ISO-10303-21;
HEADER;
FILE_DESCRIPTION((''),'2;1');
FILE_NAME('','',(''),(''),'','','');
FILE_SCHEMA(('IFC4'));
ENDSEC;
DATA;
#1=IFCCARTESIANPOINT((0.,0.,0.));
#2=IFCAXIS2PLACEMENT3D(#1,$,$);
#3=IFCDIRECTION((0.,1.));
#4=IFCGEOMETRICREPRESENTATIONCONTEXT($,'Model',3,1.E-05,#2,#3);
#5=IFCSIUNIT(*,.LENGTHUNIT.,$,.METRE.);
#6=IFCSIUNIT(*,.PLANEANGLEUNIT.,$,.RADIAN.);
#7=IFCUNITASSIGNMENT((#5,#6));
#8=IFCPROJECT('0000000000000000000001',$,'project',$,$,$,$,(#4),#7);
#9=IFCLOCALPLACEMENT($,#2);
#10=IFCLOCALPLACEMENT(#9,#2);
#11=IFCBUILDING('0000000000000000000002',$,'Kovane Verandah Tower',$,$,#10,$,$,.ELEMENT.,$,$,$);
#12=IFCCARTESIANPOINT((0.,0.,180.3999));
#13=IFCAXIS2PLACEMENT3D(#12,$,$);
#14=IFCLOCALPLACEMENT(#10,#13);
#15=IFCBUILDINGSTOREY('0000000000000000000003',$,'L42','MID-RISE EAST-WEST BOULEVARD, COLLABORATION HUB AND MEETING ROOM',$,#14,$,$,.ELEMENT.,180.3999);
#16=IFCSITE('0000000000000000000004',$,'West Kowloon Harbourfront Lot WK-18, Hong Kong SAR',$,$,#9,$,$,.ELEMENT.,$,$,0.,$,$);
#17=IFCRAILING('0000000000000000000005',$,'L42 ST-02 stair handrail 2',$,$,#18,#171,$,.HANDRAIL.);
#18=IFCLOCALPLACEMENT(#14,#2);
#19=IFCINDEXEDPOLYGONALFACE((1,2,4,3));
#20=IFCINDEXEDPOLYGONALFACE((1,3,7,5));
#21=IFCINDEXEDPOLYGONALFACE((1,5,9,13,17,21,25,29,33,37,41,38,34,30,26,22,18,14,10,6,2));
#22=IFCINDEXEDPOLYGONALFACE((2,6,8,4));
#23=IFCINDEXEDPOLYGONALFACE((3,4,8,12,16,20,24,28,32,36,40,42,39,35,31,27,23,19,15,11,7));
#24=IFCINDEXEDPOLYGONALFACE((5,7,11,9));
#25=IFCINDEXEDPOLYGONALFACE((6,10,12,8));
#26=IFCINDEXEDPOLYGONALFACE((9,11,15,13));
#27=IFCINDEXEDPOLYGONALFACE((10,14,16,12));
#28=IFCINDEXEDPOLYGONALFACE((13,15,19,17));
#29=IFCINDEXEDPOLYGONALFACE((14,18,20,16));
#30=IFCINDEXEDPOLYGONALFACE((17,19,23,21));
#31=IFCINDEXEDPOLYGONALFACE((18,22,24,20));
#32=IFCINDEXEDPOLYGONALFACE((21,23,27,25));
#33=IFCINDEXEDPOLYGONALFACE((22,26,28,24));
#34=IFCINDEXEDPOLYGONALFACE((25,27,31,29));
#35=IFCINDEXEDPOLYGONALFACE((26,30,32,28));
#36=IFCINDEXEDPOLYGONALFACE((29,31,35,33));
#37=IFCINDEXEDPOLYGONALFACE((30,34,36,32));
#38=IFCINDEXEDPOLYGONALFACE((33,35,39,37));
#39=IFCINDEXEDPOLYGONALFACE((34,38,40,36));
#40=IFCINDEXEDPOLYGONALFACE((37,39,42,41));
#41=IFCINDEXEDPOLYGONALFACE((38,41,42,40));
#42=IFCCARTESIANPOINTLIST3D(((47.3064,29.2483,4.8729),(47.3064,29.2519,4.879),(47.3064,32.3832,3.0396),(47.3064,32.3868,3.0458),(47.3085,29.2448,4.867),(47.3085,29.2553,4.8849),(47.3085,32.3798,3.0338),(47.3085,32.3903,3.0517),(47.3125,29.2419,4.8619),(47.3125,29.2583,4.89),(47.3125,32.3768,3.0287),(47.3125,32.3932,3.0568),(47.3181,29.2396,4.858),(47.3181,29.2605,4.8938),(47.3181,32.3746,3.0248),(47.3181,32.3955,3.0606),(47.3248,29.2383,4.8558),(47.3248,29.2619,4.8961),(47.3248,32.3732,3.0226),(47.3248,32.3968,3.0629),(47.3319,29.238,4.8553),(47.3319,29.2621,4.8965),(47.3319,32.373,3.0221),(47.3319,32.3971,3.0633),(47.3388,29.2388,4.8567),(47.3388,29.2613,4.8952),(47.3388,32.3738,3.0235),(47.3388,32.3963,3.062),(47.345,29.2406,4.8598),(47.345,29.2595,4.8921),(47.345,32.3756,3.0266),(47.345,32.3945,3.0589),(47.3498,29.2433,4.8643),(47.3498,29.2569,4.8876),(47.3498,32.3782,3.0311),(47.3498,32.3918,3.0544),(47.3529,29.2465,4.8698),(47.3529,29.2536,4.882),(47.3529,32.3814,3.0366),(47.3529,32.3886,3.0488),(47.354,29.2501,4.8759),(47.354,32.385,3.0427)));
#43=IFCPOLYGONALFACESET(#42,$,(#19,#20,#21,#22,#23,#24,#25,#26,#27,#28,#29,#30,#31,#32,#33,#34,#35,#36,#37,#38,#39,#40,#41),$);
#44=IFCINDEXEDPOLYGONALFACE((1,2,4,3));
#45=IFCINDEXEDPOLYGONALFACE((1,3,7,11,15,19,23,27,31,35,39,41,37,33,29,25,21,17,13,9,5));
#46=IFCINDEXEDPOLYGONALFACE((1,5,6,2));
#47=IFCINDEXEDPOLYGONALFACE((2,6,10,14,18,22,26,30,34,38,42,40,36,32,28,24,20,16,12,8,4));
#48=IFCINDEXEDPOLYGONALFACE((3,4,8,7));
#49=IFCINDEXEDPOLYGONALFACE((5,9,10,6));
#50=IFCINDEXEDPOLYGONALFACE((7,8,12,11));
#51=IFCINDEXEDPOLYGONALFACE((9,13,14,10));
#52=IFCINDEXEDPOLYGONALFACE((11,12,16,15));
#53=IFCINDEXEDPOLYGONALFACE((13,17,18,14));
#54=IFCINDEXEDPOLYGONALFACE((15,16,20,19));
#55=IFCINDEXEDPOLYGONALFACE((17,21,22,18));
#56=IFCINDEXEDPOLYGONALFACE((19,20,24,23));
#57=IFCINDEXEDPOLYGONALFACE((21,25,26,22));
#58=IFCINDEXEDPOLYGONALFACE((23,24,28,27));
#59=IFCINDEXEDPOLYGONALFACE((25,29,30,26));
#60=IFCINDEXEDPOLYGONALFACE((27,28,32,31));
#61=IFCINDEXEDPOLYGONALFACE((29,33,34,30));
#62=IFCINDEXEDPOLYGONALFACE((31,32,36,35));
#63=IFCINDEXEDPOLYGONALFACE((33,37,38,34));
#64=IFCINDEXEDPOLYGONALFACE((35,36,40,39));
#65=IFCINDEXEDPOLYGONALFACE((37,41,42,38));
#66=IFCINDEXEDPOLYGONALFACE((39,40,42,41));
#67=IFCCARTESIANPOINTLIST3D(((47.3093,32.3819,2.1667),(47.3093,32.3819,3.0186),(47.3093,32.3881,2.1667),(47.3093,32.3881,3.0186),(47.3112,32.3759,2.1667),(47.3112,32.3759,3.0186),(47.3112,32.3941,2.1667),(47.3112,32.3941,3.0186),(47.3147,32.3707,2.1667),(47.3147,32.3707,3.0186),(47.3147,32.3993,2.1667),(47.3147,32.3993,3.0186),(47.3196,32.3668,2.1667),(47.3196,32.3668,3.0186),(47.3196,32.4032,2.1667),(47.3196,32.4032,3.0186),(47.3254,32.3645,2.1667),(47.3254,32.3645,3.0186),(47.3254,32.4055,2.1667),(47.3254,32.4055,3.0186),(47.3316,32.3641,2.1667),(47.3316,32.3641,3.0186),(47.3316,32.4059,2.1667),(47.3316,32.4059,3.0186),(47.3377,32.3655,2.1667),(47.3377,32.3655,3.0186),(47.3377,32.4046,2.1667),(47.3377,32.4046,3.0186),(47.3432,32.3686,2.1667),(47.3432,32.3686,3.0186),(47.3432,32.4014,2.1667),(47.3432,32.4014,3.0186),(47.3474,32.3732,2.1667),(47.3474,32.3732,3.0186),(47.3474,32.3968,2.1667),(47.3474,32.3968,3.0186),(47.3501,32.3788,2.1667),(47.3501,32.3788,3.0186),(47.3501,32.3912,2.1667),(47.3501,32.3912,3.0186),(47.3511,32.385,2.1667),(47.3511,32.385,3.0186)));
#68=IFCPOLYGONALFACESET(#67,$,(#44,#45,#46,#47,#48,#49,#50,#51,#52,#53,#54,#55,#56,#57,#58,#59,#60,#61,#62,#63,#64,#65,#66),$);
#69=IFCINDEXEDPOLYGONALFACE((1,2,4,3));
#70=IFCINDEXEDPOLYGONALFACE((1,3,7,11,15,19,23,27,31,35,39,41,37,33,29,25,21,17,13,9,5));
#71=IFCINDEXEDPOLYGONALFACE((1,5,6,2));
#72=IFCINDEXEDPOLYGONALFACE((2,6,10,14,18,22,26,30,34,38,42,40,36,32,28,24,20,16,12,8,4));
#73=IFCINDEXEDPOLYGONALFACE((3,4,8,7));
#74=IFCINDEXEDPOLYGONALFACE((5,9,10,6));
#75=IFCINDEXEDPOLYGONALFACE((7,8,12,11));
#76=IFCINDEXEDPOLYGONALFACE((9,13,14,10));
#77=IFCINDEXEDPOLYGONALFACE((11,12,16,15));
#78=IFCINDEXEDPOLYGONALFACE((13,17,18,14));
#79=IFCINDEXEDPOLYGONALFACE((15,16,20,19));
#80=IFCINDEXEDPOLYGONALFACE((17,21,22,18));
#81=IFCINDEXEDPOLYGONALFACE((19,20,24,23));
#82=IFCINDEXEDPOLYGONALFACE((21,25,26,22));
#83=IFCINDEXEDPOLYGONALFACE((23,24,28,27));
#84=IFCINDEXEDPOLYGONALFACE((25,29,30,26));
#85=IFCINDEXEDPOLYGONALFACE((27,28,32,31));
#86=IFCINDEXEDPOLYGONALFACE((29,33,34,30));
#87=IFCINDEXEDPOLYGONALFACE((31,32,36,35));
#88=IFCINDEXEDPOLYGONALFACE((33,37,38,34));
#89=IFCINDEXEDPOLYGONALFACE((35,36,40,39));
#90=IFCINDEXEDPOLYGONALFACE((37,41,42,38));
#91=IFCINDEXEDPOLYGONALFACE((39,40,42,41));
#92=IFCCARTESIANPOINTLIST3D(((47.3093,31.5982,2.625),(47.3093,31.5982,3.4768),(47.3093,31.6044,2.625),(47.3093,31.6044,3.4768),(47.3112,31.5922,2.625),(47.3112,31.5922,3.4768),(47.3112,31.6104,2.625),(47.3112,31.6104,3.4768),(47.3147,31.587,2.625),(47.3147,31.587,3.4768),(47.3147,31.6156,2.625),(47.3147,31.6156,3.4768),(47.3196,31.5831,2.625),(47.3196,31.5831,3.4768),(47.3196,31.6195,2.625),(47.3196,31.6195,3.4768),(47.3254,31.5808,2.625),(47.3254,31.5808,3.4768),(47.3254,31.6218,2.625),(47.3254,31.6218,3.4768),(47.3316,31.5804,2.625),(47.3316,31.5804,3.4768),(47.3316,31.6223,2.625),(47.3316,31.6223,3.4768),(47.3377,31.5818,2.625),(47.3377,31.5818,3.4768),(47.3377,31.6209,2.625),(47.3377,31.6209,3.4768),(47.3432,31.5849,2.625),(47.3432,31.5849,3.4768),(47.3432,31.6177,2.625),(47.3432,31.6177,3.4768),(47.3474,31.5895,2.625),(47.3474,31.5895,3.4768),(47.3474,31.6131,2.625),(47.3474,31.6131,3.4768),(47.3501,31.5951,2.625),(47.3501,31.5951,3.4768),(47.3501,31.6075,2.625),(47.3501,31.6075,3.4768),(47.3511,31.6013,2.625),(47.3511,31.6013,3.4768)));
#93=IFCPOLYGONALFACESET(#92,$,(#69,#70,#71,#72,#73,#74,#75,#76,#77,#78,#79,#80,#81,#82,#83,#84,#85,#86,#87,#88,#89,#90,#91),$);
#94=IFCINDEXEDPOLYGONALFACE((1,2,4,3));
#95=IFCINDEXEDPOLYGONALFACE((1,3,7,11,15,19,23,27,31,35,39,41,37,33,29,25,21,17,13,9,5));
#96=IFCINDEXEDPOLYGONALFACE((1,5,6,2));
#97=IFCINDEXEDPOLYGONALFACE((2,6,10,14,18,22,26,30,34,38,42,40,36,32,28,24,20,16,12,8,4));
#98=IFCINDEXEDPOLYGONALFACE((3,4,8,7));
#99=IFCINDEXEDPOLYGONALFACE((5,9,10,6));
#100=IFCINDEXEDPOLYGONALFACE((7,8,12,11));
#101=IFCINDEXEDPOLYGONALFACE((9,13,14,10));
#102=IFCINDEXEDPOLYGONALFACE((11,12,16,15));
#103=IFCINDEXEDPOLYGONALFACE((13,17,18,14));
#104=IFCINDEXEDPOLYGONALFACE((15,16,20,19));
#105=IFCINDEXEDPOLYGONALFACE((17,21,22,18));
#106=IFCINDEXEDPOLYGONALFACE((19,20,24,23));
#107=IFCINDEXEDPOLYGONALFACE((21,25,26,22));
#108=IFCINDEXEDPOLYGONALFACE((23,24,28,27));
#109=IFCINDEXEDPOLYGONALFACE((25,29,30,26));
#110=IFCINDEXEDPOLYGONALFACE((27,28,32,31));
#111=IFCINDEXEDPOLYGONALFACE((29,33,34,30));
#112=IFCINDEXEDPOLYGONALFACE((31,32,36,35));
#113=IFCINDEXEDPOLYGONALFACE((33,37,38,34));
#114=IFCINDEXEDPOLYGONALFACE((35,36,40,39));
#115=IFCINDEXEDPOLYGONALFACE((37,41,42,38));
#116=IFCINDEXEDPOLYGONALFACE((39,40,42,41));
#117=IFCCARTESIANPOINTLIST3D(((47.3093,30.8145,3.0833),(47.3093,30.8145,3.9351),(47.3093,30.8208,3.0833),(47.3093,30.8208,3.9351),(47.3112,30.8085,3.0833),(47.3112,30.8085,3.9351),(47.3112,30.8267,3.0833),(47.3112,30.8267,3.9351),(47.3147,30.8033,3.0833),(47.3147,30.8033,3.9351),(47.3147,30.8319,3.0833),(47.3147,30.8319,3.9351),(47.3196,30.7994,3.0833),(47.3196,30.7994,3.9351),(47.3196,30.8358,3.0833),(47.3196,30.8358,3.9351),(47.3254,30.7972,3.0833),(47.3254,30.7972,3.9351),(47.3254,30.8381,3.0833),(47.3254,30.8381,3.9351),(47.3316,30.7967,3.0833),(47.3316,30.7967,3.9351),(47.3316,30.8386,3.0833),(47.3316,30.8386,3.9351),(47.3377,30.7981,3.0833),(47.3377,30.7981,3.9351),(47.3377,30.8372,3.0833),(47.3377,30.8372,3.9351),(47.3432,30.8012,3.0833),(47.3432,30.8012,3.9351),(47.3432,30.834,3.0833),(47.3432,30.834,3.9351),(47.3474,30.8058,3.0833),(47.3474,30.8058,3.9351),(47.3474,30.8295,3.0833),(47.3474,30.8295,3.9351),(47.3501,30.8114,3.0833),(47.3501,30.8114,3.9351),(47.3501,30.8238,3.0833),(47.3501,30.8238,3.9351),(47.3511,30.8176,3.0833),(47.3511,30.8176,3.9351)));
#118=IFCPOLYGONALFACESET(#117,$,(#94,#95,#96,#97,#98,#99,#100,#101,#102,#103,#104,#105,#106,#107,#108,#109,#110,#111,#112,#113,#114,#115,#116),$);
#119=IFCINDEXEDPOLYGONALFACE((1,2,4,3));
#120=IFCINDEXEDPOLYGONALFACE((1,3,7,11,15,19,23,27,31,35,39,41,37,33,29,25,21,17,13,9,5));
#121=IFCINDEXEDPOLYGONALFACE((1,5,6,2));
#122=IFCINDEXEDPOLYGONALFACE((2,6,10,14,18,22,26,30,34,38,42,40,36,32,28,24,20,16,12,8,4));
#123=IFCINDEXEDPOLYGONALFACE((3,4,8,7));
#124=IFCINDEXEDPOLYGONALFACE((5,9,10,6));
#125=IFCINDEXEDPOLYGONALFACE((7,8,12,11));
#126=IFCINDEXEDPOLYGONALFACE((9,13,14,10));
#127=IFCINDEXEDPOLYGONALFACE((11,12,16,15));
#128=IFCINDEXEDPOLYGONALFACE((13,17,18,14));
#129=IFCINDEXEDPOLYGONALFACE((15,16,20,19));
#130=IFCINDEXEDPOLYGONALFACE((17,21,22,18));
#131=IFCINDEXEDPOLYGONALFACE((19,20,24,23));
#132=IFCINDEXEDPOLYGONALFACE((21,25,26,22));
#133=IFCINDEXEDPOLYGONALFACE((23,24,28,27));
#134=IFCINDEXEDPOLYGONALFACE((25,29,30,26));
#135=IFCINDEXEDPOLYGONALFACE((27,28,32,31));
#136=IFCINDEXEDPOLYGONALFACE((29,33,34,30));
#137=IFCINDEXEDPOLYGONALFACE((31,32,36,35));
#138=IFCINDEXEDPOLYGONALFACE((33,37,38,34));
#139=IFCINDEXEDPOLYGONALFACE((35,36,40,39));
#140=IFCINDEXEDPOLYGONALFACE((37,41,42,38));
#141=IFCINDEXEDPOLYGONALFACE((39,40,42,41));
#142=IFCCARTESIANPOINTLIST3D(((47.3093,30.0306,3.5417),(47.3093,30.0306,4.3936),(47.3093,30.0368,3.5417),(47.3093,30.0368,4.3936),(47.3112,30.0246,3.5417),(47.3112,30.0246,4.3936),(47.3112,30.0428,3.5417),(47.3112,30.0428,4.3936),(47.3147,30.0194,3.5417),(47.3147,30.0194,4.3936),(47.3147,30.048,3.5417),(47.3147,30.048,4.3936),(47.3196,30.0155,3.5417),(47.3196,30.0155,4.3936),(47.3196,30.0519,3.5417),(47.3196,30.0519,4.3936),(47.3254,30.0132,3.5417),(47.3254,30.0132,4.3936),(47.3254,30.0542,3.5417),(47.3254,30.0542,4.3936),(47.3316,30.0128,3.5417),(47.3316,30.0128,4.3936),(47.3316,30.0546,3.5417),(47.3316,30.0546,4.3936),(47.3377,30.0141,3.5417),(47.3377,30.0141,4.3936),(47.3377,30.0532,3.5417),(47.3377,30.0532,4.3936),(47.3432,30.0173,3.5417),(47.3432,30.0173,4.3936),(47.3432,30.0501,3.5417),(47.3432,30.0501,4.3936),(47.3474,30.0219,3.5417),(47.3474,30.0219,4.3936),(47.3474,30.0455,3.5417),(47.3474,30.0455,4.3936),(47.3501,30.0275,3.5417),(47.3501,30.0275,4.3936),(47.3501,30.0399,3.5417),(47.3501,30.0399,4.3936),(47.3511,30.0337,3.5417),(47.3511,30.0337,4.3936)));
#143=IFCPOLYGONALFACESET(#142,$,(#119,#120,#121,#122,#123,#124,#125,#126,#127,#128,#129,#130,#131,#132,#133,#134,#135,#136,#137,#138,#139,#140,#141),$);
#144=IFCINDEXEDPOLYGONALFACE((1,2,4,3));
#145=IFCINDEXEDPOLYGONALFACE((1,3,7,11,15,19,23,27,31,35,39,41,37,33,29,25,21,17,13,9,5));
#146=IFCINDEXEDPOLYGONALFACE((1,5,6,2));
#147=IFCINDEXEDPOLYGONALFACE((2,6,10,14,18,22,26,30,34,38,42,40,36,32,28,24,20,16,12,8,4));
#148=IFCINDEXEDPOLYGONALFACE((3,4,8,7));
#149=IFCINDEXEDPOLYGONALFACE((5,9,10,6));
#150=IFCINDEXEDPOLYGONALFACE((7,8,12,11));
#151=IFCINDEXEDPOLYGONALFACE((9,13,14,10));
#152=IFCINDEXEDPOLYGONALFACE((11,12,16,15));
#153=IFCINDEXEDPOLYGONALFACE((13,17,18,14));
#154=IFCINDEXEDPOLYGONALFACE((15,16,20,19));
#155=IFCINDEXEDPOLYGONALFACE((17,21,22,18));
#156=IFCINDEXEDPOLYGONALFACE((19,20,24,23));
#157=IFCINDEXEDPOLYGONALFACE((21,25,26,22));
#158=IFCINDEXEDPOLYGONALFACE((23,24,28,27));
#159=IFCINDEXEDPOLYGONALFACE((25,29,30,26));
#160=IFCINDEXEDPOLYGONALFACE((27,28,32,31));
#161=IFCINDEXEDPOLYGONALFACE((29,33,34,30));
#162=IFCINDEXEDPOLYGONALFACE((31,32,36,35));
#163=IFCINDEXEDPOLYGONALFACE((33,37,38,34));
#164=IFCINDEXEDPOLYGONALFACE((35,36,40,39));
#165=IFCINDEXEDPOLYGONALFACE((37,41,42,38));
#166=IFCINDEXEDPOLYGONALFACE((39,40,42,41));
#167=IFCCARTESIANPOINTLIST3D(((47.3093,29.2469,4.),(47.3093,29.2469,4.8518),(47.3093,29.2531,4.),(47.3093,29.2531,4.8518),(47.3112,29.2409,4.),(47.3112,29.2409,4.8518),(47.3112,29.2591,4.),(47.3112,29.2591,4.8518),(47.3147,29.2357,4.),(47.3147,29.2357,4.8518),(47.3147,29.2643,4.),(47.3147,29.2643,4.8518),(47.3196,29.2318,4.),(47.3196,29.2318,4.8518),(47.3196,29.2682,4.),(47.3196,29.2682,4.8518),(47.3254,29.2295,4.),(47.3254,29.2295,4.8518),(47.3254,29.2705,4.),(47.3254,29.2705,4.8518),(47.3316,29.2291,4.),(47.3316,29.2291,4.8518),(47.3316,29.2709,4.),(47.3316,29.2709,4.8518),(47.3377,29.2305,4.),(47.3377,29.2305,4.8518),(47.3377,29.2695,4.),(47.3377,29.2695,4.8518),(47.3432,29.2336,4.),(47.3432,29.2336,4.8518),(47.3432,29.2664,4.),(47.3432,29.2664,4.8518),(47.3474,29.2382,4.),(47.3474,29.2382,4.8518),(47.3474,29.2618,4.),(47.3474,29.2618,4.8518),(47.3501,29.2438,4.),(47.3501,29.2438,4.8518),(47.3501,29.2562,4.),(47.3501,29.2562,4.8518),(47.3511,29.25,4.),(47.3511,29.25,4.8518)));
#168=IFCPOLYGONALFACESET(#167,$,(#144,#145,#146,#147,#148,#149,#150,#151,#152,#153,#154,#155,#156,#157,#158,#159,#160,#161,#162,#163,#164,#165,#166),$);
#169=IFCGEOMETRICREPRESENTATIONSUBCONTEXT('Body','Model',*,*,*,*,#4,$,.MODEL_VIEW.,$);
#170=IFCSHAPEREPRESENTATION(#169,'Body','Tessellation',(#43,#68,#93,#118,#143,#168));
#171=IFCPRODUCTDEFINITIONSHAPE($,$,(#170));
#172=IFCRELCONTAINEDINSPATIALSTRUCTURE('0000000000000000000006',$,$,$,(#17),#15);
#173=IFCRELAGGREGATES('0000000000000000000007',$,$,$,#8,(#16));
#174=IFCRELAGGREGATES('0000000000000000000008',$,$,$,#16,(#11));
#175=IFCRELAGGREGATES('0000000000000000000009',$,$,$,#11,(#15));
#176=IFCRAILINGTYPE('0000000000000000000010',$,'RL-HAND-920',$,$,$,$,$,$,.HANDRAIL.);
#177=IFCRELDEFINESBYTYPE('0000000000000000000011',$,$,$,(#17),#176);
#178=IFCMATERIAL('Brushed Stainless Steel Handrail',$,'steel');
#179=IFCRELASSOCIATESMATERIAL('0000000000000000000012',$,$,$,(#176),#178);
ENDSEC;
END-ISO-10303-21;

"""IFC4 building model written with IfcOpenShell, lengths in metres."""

from ifc_helpers import new_model, si_unit, direction, frame, origin, origin_2d, place, context, subcontext, project, spatial, circle, extrude, material, type_object, element, save


model = new_model("IFC4")

# Units and contexts
model_context = context("Model", 3, precision=1e-05, world=origin(), true_north=direction((0.0, 1.0)))
body_context = subcontext(model_context, "Body", "Model", "MODEL_VIEW")
ifc_project = project(units=[si_unit("LENGTHUNIT", "METRE"), si_unit("PLANEANGLEUNIT", "RADIAN")], contexts=[model_context])

# Site, building, storey
site_placement = place(None, origin())
site = spatial("IfcSite", under=ifc_project, at=site_placement, Name="West Kowloon Harbourfront Lot WK-18, Hong Kong SAR", CompositionType="ELEMENT", RefElevation=0.0)
building_placement = place(site_placement, origin())
building = spatial("IfcBuilding", under=site, at=building_placement, Name="Kovane Verandah Tower", CompositionType="ELEMENT")
storey_placement = place(building_placement, frame((0.0, 0.0, 180.3999)))
storey = spatial("IfcBuildingStorey", under=building, at=storey_placement, Name="L42", Description="MID-RISE EAST-WEST BOULEVARD, COLLABORATION HUB AND MEETING ROOM", CompositionType="ELEMENT", Elevation=180.3999)

# Railing
ifc_material_1 = material(Name="Brushed Stainless Steel Handrail", Category="steel")
railing_type_1 = type_object("IfcRailingType", Name="RL-HAND-920", PredefinedType="HANDRAIL", material=ifc_material_1)
railing_1_placement = place(storey_placement, frame((47.3301, 32.385, 2.1667)))
element("IfcRailing", 1, at=railing_1_placement, inside=storey, type_object=railing_type_1, Name="L42 ST-02 stair handrail 2", PredefinedType="HANDRAIL", context=body_context, shape_type="SweptSolid", body=[
    extrude(circle(Radius=0.0239, at=origin_2d()), frame((0.0, 0.0, 0.876), z_axis=(0.0, -0.86324, 0.504794), x_axis=(1.0, 0.0, 0.0)), (0.0, 0.0, 1.0), 3.6316),
    extrude(circle(Radius=0.021, at=origin_2d()), origin(), (0.0, 0.0, 1.0), 0.8518),
    extrude(circle(Radius=0.021, at=origin_2d()), frame((0.0, -0.7837, 0.4583)), (0.0, 0.0, 1.0), 0.8518),
    extrude(circle(Radius=0.021, at=origin_2d()), frame((0.0, -1.5674, 0.9165)), (0.0, 0.0, 1.0), 0.8518),
    extrude(circle(Radius=0.021, at=origin_2d()), frame((0.0, -2.3513, 1.375)), (0.0, 0.0, 1.0), 0.8518),
    extrude(circle(Radius=0.021, at=origin_2d()), frame((0.0, -3.135, 1.8333)), (0.0, 0.0, 1.0), 0.8518),
])

save(model, "model.ifc")
